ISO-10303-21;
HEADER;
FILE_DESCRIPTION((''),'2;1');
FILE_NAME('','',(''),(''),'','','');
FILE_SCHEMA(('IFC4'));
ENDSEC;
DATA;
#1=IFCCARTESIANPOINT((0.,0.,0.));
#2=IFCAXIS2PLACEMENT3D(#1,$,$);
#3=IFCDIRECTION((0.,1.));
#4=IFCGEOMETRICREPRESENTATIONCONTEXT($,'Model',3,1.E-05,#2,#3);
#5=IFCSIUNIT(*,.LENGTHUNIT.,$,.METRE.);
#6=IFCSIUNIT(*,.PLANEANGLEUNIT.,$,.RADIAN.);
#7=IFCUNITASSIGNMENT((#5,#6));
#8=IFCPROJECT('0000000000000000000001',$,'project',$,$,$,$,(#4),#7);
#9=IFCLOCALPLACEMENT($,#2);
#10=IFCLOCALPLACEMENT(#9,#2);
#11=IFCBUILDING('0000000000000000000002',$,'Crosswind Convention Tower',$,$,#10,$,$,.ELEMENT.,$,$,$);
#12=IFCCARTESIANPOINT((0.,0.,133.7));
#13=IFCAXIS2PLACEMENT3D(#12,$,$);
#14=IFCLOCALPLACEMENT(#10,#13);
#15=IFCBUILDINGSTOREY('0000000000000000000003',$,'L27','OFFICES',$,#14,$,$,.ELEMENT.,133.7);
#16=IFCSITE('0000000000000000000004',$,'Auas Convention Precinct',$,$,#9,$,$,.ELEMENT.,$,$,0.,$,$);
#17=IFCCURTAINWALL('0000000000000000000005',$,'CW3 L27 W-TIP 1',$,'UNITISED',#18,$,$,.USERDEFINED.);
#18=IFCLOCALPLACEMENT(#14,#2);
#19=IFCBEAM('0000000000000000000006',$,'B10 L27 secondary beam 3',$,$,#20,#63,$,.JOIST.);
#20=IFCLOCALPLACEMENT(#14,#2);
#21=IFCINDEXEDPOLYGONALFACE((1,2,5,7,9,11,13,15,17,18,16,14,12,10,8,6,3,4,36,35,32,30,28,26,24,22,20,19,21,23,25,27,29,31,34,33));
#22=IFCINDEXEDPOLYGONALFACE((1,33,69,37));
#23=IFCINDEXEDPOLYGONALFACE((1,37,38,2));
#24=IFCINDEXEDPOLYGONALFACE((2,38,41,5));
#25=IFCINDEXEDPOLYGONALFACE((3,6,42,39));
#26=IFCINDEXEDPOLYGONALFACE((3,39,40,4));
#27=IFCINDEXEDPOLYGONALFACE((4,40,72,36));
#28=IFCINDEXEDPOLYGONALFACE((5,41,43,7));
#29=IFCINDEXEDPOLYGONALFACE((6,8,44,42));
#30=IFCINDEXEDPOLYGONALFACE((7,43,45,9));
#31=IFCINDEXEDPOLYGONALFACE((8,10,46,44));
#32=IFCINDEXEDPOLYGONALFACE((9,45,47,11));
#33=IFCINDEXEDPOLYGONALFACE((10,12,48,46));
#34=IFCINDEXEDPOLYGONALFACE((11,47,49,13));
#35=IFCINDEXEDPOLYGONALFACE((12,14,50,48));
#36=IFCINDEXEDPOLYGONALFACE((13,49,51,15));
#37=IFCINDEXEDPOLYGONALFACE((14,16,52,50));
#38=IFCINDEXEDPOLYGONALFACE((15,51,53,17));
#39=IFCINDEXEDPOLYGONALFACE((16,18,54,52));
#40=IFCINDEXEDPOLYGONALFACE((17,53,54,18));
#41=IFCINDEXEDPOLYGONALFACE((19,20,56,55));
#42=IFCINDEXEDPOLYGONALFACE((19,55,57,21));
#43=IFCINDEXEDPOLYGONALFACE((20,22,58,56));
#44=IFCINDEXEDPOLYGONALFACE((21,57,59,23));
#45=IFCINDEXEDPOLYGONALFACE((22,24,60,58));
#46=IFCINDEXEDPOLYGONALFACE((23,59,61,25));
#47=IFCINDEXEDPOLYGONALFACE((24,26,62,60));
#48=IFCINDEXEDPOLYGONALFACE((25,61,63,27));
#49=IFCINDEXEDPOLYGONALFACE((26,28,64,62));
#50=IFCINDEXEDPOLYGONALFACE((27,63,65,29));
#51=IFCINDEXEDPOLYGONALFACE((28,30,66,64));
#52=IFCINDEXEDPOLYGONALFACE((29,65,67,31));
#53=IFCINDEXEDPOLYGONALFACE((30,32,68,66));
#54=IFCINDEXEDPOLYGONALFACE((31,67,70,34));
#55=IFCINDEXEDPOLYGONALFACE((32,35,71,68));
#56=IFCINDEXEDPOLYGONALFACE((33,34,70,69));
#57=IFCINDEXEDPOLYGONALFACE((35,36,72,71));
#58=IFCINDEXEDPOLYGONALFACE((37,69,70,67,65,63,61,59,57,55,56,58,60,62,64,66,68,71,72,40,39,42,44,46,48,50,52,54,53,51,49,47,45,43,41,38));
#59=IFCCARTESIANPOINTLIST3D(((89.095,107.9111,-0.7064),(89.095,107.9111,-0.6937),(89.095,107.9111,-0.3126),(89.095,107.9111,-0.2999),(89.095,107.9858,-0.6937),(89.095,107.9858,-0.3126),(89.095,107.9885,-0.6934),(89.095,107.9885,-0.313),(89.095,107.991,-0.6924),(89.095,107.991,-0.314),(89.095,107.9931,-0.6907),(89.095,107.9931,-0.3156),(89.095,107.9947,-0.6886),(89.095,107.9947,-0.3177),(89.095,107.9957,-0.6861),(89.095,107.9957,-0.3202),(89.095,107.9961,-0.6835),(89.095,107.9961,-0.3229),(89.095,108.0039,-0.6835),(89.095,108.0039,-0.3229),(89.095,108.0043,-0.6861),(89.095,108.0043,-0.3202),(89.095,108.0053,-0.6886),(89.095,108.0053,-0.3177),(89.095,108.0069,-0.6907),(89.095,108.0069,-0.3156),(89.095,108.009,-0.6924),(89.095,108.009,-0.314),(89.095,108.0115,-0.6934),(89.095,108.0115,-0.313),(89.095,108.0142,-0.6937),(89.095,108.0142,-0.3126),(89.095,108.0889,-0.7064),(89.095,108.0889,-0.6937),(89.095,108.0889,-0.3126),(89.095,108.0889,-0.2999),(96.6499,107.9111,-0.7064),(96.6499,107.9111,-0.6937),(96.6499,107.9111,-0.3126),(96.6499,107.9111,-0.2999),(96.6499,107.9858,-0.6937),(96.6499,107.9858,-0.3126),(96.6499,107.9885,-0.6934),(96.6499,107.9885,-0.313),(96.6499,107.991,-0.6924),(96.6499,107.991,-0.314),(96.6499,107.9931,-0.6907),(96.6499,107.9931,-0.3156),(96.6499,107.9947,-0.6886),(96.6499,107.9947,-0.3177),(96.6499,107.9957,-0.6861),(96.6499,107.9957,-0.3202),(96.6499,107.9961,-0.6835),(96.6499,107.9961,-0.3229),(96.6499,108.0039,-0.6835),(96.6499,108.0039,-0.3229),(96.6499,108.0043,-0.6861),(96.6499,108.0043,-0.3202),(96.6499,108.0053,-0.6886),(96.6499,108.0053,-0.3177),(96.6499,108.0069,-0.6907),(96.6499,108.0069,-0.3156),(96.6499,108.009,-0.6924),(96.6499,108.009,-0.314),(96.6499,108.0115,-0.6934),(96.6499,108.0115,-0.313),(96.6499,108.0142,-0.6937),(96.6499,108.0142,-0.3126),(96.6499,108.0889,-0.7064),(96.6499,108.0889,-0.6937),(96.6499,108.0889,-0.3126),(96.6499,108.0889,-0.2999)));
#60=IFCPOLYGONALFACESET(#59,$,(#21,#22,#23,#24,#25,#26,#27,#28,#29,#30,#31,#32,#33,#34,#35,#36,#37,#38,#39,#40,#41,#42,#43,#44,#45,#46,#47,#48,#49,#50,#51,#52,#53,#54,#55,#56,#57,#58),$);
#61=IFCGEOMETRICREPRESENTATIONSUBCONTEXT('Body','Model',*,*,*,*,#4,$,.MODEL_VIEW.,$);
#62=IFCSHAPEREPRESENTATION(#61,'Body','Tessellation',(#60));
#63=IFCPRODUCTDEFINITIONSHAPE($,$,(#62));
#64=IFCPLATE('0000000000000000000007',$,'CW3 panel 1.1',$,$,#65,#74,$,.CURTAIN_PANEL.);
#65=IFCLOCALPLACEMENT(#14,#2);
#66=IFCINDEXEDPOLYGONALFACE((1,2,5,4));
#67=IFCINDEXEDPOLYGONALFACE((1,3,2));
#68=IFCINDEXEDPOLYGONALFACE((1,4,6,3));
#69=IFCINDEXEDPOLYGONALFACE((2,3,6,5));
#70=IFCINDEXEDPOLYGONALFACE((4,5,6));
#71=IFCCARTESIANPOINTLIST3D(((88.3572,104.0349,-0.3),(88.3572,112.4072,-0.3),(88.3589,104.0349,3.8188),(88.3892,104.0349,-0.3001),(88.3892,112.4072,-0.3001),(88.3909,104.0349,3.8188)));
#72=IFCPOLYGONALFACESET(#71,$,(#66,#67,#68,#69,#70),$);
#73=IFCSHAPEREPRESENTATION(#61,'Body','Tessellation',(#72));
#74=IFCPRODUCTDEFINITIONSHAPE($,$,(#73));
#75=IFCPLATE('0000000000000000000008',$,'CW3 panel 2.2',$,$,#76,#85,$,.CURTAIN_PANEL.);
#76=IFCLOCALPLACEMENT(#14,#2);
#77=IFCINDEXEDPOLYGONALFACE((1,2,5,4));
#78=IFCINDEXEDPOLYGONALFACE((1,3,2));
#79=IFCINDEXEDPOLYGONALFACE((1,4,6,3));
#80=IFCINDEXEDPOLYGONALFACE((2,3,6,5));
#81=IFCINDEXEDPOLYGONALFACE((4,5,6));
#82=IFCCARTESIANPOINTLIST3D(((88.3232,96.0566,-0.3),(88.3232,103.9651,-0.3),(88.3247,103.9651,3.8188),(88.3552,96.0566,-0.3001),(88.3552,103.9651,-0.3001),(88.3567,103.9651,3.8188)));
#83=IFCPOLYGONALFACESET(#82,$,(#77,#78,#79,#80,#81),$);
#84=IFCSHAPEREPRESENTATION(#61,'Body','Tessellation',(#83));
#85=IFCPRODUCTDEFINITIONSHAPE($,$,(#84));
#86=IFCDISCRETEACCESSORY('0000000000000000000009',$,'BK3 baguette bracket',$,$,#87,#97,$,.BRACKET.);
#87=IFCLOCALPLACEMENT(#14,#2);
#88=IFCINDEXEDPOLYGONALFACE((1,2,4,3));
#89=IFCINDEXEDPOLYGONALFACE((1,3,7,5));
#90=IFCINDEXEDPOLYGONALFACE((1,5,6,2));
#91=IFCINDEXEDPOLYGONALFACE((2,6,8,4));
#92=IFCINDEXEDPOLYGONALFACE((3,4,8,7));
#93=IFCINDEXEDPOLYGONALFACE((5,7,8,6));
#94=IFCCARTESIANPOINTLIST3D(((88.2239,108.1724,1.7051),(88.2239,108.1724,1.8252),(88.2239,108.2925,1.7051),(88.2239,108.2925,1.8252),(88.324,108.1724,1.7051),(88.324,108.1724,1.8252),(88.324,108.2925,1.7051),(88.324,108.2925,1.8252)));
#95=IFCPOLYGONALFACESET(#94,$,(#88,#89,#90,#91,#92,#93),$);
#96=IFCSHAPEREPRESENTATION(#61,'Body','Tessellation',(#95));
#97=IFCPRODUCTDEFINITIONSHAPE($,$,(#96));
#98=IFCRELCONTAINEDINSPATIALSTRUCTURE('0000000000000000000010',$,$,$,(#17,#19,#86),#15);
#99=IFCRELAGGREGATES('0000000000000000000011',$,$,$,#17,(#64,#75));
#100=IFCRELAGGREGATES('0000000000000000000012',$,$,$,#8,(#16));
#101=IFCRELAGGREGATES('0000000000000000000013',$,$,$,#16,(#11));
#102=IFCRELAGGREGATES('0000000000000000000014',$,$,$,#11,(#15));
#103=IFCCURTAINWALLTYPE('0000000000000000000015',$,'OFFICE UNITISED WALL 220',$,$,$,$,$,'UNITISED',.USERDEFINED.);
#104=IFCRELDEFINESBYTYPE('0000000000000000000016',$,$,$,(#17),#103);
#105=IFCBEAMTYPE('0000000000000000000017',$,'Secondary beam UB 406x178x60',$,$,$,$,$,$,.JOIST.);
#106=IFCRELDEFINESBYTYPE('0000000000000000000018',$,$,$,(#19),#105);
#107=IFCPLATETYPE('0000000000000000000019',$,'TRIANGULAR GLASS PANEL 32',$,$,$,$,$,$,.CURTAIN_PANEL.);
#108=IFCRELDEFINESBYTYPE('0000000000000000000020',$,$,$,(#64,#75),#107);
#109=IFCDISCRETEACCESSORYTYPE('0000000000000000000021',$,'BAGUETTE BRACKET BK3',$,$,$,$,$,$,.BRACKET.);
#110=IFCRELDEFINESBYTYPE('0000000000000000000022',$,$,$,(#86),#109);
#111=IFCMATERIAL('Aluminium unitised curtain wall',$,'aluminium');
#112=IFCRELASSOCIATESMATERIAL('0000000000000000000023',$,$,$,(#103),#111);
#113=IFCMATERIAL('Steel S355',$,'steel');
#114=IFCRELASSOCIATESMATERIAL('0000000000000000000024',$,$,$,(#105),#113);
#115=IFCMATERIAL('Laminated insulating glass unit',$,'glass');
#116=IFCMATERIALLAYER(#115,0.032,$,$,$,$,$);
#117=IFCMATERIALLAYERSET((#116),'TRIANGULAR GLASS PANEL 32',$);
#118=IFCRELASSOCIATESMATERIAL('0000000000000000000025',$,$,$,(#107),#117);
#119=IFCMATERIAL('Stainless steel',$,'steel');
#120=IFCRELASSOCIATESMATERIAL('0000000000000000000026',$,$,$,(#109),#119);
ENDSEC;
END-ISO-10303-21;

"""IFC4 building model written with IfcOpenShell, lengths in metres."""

from ifc_helpers import new_model, si_unit, direction, frame, origin, origin_2d, place, context, subcontext, project, spatial, polyline, rectangle, i_section, outline, extrude, material, layer, layer_set, material_profile, profile_set, type_object, element, aggregate, save


model = new_model("IFC4")

# Units and contexts
model_context = context("Model", 3, precision=1e-05, world=origin(), true_north=direction((0.0, 1.0)))
body_context = subcontext(model_context, "Body", "Model", "MODEL_VIEW")
ifc_project = project(units=[si_unit("LENGTHUNIT", "METRE"), si_unit("PLANEANGLEUNIT", "RADIAN")], contexts=[model_context])

# Site, building, storey
site_placement = place(None, origin())
site = spatial("IfcSite", under=ifc_project, at=site_placement, Name="Auas Convention Precinct", CompositionType="ELEMENT", RefElevation=0.0)
building_placement = place(site_placement, origin())
building = spatial("IfcBuilding", under=site, at=building_placement, Name="Crosswind Convention Tower", CompositionType="ELEMENT")
storey_placement = place(building_placement, frame((0.0, 0.0, 133.7)))
storey = spatial("IfcBuildingStorey", under=building, at=storey_placement, Name="L27", Description="OFFICES", CompositionType="ELEMENT", Elevation=133.7)

# Shared definitions
ifc_material_1 = material(Name="Steel S355", Category="steel")

# Curtain wall
ifc_material_2 = material(Name="Aluminium unitised curtain wall", Category="aluminium")
curtain_wall_type = type_object("IfcCurtainWallType", Name="OFFICE UNITISED WALL 220", ElementType="UNITISED", PredefinedType="USERDEFINED", material=ifc_material_2)
curtain_wall_placement = place(storey_placement, origin())
curtain_wall = element("IfcCurtainWall", 1, at=curtain_wall_placement, inside=storey, type_object=curtain_wall_type, Name="CW3 L27 W-TIP 1", ObjectType="UNITISED", PredefinedType="USERDEFINED")

# Beam
ifc_material_profile_1 = material_profile(ifc_material_1, i_section(OverallWidth=0.1777, OverallDepth=0.4065, WebThickness=0.0078, FlangeThickness=0.0127, FilletRadius=0.0103, at=origin_2d()), Name="UB 406x178x60")
ifc_profile_set_1 = profile_set([ifc_material_profile_1], Name="Steel S355")
beam_type_1 = type_object("IfcBeamType", Name="Secondary beam UB 406x178x60", PredefinedType="JOIST", material=ifc_profile_set_1)
for number, where, z_axis, x_axis, name in (
    (2, (89.095, 108.0, -0.5032), (1.0, 0.0, 0.0), (0.0, 1.0, 0.0), "B10 L27 secondary beam 3"),
):
    element("IfcBeam", number, at=place(storey_placement, frame(where, z_axis=z_axis, x_axis=x_axis)), inside=storey, type_object=beam_type_1, Name=name, PredefinedType="JOIST", context=body_context, shape_type="SweptSolid", body=[
        extrude(i_section(OverallWidth=0.1777, OverallDepth=0.4065, WebThickness=0.0078, FlangeThickness=0.0127, FilletRadius=0.0103, at=origin_2d()), origin(), (0.0, 0.0, 1.0), 7.5549),
    ])

# Plates
ifc_material_3 = material(Name="Laminated insulating glass unit", Category="glass")
ifc_layer_1 = layer(ifc_material_3, 0.032)
ifc_layer_set_1 = layer_set([ifc_layer_1], Name="TRIANGULAR GLASS PANEL 32")
plate_type = type_object("IfcPlateType", Name="TRIANGULAR GLASS PANEL 32", PredefinedType="CURTAIN_PANEL", material=ifc_layer_set_1)
plate_1_placement = place(storey_placement, frame((88.3572, 104.0349, -0.3), z_axis=(-1.0, 0.0, 0.000415), x_axis=(0.000415, 0.0, 1.0)))
plate_1 = element("IfcPlate", 3, at=plate_1_placement, type_object=plate_type, Name="CW3 panel 1.1", PredefinedType="CURTAIN_PANEL", context=body_context, shape_type="SweptSolid", body=[
    extrude(outline(polyline([(0.0, 0.0), (4.1189, 0.0), (0.0, 8.3723), (0.0, 0.0)])), origin(), (0.0, 0.0, -1.0), 0.032),
])
plate_2_placement = place(storey_placement, frame((88.3232, 103.9651, -0.3), z_axis=(-1.0, 0.0, 0.000356), x_axis=(0.0, -1.0, 0.0)))
plate_2 = element("IfcPlate", 4, at=plate_2_placement, type_object=plate_type, Name="CW3 panel 2.2", PredefinedType="CURTAIN_PANEL", context=body_context, shape_type="SweptSolid", body=[
    extrude(outline(polyline([(0.0, 0.0), (7.9084, 0.0), (0.0, 4.1189), (0.0, 0.0)])), origin(), (0.0, 0.0, -1.0), 0.032),
])
aggregate(curtain_wall, [plate_1, plate_2])

# Discrete accessory
ifc_material_4 = material(Name="Stainless steel", Category="steel")
discrete_accessory_type = type_object("IfcDiscreteAccessoryType", Name="BAGUETTE BRACKET BK3", PredefinedType="BRACKET", material=ifc_material_4)
discrete_accessory_placement = place(storey_placement, frame((88.2739, 108.2324, 1.7051), z_axis=(0.0, 0.0, 1.0), x_axis=(0.0, -1.0, 0.0)))
element("IfcDiscreteAccessory", 5, at=discrete_accessory_placement, inside=storey, type_object=discrete_accessory_type, Name="BK3 baguette bracket", PredefinedType="BRACKET", context=body_context, shape_type="SweptSolid", body=[
    extrude(rectangle(XDim=0.1201, YDim=0.1001, at=origin_2d()), origin(), (0.0, 0.0, 1.0), 0.1201),
])

save(model, "model.ifc")
